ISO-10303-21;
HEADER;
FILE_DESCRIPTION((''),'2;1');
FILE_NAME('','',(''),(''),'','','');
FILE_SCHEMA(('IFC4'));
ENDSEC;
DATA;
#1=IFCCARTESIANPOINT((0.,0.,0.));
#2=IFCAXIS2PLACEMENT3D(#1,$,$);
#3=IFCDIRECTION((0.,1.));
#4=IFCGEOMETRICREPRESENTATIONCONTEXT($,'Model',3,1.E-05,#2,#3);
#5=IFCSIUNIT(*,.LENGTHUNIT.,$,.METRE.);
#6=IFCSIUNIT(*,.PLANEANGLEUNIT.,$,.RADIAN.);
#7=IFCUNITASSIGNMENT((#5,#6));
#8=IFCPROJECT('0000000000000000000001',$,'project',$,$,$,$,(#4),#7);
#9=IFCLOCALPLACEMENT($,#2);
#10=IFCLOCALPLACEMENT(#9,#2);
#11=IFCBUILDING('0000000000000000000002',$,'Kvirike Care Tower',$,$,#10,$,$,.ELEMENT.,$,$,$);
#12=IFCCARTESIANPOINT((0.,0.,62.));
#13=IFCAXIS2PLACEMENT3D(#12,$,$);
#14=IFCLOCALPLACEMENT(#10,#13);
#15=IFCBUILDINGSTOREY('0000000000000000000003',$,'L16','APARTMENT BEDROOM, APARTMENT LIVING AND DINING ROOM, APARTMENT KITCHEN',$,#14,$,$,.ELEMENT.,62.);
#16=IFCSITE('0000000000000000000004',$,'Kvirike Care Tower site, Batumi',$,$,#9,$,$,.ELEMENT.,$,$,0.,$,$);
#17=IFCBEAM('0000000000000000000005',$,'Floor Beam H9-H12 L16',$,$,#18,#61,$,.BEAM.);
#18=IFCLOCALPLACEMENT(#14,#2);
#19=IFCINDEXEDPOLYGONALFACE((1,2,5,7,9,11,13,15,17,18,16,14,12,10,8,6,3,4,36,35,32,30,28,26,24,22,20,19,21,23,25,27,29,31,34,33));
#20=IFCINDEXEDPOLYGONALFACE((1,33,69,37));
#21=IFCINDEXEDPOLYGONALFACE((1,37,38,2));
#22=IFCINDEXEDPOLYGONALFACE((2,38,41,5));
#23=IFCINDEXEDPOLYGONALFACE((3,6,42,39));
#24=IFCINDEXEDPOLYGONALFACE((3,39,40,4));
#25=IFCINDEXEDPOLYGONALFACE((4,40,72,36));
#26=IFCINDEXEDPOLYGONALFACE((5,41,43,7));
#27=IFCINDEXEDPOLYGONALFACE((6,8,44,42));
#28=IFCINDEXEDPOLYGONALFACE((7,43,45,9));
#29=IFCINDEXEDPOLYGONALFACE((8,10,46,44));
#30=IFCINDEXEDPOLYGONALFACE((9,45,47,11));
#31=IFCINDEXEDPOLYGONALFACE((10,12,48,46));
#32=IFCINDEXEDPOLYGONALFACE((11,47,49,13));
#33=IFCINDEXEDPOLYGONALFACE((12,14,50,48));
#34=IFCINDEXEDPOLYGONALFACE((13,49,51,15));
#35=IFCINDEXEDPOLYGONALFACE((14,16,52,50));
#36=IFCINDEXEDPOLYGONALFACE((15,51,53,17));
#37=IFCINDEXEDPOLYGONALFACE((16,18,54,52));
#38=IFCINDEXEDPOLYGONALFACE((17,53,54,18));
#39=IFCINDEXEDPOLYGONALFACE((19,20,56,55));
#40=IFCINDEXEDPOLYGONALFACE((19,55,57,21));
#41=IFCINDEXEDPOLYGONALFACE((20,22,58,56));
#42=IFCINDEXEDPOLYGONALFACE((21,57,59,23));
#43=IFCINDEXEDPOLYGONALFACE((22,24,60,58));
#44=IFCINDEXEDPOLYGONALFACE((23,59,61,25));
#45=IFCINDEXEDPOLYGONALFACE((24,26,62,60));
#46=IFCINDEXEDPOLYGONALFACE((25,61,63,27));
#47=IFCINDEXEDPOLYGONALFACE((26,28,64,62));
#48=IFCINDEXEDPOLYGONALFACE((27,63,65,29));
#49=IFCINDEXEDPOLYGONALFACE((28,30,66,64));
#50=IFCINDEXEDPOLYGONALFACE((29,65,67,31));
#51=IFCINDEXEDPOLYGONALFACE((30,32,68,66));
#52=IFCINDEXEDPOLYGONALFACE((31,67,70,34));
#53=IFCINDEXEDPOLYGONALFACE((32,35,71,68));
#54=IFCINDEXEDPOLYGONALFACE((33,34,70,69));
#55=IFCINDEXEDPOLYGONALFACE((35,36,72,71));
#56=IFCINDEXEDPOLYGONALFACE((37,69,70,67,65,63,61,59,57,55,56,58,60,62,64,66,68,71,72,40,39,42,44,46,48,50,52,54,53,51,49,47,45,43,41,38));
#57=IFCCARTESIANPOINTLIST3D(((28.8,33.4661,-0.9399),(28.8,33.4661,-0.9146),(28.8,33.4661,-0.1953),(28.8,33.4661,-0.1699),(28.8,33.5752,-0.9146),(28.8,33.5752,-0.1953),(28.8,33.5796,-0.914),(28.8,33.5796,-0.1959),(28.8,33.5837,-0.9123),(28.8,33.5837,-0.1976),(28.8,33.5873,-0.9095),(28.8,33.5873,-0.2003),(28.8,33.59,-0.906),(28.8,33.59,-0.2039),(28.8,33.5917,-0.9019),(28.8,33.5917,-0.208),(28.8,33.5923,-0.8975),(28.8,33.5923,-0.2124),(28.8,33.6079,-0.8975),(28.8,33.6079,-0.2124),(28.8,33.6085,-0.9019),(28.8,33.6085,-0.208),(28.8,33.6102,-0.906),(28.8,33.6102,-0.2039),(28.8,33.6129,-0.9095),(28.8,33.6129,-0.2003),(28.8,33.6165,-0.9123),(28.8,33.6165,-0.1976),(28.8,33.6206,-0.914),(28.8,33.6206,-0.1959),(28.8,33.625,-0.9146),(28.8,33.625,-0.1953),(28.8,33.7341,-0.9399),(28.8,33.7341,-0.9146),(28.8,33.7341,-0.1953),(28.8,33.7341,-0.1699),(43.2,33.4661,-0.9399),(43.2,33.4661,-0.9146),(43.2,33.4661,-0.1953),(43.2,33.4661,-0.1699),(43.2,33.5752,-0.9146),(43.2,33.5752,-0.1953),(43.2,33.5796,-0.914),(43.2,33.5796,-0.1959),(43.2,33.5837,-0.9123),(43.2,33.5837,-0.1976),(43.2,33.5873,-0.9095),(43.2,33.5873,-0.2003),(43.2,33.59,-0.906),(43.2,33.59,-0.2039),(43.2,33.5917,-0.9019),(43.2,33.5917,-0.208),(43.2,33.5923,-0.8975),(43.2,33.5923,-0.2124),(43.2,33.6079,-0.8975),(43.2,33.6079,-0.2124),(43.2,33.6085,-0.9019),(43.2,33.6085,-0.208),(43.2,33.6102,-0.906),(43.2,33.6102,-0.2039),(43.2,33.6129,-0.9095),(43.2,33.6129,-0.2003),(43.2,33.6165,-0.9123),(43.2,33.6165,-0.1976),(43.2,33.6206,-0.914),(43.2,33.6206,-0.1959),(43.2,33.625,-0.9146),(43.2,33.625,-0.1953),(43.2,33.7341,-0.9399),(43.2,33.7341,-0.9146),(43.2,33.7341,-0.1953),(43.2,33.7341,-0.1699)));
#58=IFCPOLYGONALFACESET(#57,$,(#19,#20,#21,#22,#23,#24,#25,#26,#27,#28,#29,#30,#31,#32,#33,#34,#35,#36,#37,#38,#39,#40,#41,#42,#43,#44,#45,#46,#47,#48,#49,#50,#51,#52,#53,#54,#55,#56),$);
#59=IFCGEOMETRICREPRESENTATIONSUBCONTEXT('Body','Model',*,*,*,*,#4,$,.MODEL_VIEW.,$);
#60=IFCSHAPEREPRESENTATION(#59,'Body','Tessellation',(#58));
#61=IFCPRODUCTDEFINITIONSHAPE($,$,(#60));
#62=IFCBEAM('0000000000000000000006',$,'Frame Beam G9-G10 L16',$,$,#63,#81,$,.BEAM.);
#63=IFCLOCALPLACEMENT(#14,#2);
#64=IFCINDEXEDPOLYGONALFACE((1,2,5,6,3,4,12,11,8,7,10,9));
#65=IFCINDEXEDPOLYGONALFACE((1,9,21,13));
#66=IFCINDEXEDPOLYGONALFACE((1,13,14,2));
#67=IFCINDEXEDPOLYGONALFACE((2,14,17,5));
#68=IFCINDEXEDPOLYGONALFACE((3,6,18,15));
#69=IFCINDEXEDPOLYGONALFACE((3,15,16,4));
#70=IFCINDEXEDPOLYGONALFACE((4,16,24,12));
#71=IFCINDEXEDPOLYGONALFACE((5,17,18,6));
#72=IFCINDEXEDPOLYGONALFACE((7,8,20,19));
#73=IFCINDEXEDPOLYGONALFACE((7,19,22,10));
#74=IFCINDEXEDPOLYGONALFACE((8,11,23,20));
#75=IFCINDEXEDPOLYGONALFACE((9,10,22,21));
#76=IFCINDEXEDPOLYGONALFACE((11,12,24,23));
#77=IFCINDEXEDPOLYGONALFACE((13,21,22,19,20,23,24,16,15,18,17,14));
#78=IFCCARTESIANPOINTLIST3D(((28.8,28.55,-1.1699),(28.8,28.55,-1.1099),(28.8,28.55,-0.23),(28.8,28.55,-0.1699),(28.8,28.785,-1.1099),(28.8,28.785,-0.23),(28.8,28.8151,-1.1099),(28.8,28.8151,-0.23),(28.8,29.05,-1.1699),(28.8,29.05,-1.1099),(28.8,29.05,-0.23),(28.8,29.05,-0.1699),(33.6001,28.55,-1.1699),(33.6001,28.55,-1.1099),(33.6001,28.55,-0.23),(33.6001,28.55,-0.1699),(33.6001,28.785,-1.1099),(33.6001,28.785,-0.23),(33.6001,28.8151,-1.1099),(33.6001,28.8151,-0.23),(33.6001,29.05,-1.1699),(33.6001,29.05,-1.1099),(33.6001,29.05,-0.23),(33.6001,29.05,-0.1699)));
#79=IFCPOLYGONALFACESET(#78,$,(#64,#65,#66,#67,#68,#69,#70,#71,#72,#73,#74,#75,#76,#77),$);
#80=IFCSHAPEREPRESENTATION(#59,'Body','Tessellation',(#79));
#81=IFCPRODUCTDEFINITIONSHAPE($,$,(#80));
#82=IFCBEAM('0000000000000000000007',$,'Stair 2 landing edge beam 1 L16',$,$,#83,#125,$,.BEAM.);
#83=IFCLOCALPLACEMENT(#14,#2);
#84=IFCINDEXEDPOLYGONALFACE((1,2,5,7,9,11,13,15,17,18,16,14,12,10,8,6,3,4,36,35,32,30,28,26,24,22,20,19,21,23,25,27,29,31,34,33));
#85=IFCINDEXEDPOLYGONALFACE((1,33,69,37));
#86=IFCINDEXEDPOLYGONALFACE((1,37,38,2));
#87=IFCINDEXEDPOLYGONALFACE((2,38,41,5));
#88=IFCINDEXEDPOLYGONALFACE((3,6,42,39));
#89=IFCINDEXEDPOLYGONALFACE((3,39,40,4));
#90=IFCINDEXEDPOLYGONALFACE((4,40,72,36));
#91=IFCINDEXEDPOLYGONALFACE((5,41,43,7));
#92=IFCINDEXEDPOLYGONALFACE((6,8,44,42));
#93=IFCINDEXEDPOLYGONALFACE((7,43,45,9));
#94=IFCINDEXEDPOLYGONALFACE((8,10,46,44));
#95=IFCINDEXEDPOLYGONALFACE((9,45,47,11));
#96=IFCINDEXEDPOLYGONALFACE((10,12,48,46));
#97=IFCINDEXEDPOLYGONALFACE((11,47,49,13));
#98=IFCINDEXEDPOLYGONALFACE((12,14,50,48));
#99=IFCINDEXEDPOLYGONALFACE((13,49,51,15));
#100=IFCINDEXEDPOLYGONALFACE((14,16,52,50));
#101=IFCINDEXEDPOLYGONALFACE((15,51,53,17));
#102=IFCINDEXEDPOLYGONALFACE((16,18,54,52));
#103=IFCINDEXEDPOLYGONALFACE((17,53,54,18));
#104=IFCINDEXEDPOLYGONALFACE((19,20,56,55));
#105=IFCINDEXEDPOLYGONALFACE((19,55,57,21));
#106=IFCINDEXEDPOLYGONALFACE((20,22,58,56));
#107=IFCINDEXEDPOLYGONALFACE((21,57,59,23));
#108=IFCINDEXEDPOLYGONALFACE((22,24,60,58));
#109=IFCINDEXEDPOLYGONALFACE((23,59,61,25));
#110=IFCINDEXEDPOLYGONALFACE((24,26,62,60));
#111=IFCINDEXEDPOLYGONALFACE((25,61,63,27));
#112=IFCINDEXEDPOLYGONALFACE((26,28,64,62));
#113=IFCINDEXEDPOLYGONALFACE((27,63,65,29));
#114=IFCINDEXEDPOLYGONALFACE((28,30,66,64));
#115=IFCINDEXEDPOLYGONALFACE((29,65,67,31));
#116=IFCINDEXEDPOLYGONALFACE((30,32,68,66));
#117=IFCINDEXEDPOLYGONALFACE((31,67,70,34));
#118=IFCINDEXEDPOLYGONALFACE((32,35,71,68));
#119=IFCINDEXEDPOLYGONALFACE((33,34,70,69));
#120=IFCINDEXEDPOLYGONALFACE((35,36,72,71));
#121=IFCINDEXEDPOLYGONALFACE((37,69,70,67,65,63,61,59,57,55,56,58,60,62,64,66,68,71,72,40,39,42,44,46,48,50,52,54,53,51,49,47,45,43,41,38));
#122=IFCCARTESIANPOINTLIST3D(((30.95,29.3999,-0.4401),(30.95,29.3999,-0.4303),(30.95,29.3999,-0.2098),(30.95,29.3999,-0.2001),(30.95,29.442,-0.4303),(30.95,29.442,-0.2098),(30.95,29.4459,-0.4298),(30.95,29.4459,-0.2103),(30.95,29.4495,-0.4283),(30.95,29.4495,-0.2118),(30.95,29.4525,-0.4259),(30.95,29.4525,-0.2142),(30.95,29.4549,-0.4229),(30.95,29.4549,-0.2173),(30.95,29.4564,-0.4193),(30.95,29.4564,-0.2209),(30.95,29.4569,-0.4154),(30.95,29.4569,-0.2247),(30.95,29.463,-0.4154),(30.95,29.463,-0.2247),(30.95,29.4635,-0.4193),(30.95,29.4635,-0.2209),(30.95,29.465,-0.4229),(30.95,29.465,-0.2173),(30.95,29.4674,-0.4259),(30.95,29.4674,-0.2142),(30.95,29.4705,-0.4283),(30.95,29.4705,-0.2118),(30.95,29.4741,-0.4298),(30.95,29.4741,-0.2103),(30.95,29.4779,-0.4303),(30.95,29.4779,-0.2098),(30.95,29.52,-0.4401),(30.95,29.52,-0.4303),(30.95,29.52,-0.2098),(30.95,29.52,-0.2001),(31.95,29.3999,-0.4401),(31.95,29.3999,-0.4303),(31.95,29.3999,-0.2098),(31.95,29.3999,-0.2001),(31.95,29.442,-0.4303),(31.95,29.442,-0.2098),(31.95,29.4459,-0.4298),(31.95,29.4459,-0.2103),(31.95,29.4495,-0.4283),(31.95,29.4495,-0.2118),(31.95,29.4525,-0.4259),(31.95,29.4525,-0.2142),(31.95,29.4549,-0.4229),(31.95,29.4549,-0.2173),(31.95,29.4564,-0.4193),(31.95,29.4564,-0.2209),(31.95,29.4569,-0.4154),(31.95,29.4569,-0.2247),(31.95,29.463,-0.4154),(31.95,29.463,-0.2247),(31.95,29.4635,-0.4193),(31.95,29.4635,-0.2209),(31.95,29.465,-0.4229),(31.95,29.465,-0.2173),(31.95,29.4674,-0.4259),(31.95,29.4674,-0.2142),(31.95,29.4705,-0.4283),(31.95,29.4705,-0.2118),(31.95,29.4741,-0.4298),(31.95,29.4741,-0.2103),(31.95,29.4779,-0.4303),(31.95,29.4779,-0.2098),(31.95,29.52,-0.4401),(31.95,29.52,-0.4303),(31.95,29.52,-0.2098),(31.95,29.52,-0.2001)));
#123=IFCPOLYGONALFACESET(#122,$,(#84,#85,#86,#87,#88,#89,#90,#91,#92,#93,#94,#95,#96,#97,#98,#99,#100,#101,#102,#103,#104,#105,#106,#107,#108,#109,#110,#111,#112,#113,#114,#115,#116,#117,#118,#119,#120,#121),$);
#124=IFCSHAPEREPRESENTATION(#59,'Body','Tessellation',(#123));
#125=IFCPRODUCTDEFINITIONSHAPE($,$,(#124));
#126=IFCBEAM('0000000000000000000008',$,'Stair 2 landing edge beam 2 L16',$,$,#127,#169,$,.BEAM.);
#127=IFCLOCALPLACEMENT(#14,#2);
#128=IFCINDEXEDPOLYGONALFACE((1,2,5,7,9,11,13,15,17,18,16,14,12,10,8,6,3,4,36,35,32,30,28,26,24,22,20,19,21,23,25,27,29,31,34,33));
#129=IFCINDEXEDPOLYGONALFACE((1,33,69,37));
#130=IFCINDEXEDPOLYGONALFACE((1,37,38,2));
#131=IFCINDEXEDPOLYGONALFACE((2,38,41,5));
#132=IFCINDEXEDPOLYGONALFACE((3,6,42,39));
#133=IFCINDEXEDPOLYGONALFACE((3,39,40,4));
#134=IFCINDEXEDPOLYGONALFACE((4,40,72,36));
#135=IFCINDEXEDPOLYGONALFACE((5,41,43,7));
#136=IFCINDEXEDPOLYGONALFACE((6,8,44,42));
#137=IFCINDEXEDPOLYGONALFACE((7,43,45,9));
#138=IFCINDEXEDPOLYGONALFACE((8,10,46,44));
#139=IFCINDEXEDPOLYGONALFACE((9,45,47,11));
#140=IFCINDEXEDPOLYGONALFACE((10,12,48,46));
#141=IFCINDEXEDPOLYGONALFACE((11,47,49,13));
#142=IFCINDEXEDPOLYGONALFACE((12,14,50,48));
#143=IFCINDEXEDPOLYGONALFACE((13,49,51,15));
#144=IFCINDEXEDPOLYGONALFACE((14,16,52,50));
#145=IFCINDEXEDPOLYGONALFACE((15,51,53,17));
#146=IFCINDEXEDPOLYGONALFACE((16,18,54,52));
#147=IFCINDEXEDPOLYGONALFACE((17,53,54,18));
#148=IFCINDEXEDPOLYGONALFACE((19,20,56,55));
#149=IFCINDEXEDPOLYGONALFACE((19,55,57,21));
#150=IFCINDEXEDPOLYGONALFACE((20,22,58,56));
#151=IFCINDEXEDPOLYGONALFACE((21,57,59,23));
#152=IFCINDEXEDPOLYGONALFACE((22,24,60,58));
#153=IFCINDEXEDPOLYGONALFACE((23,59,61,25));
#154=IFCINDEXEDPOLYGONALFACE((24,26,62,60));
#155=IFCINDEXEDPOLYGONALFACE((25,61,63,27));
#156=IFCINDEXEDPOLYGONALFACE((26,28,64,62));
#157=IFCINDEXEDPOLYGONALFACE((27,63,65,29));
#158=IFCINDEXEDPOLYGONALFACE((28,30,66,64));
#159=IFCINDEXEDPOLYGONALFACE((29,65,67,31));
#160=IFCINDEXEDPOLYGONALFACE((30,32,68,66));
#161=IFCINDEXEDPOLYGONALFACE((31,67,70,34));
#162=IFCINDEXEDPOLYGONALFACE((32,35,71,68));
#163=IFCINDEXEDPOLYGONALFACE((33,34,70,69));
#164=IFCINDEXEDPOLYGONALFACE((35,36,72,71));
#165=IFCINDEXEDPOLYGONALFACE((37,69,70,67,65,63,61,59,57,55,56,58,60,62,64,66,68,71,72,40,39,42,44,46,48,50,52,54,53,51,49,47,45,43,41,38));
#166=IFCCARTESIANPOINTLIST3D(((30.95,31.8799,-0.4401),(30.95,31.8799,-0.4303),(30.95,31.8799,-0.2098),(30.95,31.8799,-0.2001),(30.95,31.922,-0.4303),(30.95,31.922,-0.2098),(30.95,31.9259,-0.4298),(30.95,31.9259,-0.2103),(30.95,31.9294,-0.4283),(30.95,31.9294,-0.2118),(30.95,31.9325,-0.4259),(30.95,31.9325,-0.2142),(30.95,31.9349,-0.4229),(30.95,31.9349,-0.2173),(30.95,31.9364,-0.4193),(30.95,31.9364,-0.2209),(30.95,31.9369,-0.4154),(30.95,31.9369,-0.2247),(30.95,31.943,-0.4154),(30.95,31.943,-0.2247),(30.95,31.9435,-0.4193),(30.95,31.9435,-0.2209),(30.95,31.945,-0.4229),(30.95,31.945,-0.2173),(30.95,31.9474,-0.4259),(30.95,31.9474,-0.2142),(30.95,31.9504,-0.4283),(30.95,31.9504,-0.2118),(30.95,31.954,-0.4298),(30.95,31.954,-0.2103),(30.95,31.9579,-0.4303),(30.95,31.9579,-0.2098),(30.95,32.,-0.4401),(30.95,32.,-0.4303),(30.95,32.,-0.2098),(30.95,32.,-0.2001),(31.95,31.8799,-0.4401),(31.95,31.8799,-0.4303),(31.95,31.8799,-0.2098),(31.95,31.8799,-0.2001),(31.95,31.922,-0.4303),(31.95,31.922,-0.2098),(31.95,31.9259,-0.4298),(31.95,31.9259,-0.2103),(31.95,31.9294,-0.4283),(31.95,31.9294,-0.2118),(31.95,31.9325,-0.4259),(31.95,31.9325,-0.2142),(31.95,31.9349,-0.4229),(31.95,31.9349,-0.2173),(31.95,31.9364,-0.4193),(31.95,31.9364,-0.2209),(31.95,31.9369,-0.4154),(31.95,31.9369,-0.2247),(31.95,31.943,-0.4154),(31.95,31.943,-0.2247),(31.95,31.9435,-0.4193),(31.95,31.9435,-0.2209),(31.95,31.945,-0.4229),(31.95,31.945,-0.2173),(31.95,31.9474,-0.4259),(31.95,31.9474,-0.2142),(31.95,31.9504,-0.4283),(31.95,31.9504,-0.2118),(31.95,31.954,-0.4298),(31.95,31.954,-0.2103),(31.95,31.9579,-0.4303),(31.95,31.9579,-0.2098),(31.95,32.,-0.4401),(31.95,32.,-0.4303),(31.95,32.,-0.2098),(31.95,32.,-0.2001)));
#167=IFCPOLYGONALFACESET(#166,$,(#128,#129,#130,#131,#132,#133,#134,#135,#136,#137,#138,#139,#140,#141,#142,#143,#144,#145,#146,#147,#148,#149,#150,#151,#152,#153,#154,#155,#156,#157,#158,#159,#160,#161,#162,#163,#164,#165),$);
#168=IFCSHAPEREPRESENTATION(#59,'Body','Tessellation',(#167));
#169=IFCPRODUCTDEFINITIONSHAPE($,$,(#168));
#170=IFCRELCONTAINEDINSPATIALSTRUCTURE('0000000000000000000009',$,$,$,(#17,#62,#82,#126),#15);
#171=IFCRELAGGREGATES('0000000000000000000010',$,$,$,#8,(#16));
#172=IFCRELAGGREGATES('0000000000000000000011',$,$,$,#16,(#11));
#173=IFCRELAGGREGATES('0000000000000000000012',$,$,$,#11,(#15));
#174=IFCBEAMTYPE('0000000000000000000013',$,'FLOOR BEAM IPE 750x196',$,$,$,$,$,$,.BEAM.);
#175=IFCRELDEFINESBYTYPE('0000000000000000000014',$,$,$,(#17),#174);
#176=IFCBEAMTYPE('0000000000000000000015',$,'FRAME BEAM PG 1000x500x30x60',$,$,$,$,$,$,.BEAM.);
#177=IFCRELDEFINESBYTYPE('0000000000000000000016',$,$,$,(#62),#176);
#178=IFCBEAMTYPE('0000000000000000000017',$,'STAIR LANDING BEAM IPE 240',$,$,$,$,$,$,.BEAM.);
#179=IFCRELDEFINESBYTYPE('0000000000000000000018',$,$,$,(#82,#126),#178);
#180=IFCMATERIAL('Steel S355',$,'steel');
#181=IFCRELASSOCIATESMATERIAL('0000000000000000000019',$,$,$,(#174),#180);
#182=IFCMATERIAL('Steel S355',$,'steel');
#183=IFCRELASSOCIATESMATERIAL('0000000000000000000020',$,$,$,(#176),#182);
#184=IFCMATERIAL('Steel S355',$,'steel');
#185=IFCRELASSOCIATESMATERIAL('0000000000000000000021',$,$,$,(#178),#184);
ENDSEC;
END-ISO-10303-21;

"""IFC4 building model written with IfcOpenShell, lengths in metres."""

from ifc_helpers import new_model, si_unit, direction, frame, origin, origin_2d, place, context, subcontext, project, spatial, i_section, extrude, material, material_profile, profile_set, type_object, element, save


model = new_model("IFC4")

# Units and contexts
model_context = context("Model", 3, precision=1e-05, world=origin(), true_north=direction((0.0, 1.0)))
body_context = subcontext(model_context, "Body", "Model", "MODEL_VIEW")
ifc_project = project(units=[si_unit("LENGTHUNIT", "METRE"), si_unit("PLANEANGLEUNIT", "RADIAN")], contexts=[model_context])

# Site, building, storey
site_placement = place(None, origin())
site = spatial("IfcSite", under=ifc_project, at=site_placement, Name="Kvirike Care Tower site, Batumi", CompositionType="ELEMENT", RefElevation=0.0)
building_placement = place(site_placement, origin())
building = spatial("IfcBuilding", under=site, at=building_placement, Name="Kvirike Care Tower", CompositionType="ELEMENT")
storey_placement = place(building_placement, frame((0.0, 0.0, 62.0)))
storey = spatial("IfcBuildingStorey", under=building, at=storey_placement, Name="L16", Description="APARTMENT BEDROOM, APARTMENT LIVING AND DINING ROOM, APARTMENT KITCHEN", CompositionType="ELEMENT", Elevation=62.0)

# Beams
ifc_material_1 = material(Name="Steel S355", Category="steel")
ifc_material_profile_1 = material_profile(ifc_material_1, i_section(OverallWidth=0.2681, OverallDepth=0.77, WebThickness=0.0156, FlangeThickness=0.0254, FilletRadius=0.0171, at=origin_2d()), Name="IPE 750x196")
ifc_profile_set_1 = profile_set([ifc_material_profile_1], Name="Steel S355")
beam_type_1 = type_object("IfcBeamType", Name="FLOOR BEAM IPE 750x196", PredefinedType="BEAM", material=ifc_profile_set_1)
beam_1_placement = place(storey_placement, frame((28.8, 33.6001, -0.5549), z_axis=(1.0, 0.0, 0.0), x_axis=(0.0, 1.0, 0.0)))
element("IfcBeam", 1, at=beam_1_placement, inside=storey, type_object=beam_type_1, Name="Floor Beam H9-H12 L16", PredefinedType="BEAM", context=body_context, shape_type="SweptSolid", body=[
    extrude(i_section(OverallWidth=0.2681, OverallDepth=0.77, WebThickness=0.0156, FlangeThickness=0.0254, FilletRadius=0.0171, at=origin_2d()), origin(), (0.0, 0.0, 1.0), 14.3999),
])
ifc_material_2 = material(Name="Steel S355", Category="steel")
ifc_material_profile_2 = material_profile(ifc_material_2, i_section(OverallWidth=0.5, OverallDepth=1.0, WebThickness=0.03, FlangeThickness=0.0601, at=origin_2d()), Name="PG 1000x500x30x60")
ifc_profile_set_2 = profile_set([ifc_material_profile_2], Name="Steel S355")
beam_type_2 = type_object("IfcBeamType", Name="FRAME BEAM PG 1000x500x30x60", PredefinedType="BEAM", material=ifc_profile_set_2)
beam_2_placement = place(storey_placement, frame((28.8, 28.8, -0.6699), z_axis=(1.0, 0.0, 0.0), x_axis=(0.0, 1.0, 0.0)))
element("IfcBeam", 2, at=beam_2_placement, inside=storey, type_object=beam_type_2, Name="Frame Beam G9-G10 L16", PredefinedType="BEAM", context=body_context, shape_type="SweptSolid", body=[
    extrude(i_section(OverallWidth=0.5, OverallDepth=1.0, WebThickness=0.03, FlangeThickness=0.0601, at=origin_2d()), origin(), (0.0, 0.0, 1.0), 4.8),
])
ifc_material_3 = material(Name="Steel S355", Category="steel")
ifc_material_profile_3 = material_profile(ifc_material_3, i_section(OverallWidth=0.1201, OverallDepth=0.24, WebThickness=0.0061, FlangeThickness=0.0098, FilletRadius=0.0149, at=origin_2d()), Name="IPE 240")
ifc_profile_set_3 = profile_set([ifc_material_profile_3], Name="Steel S355")
beam_type_3 = type_object("IfcBeamType", Name="STAIR LANDING BEAM IPE 240", PredefinedType="BEAM", material=ifc_profile_set_3)
for number, where, z_axis, x_axis, name in (
    (3, (31.95, 29.46, -0.3201), (-1.0, 0.0, 0.0), (0.0, -1.0, 0.0), "Stair 2 landing edge beam 1 L16"),
    (4, (31.95, 31.9399, -0.3201), (-1.0, 0.0, 0.0), (0.0, -1.0, 0.0), "Stair 2 landing edge beam 2 L16"),
):
    element("IfcBeam", number, at=place(storey_placement, frame(where, z_axis=z_axis, x_axis=x_axis)), inside=storey, type_object=beam_type_3, Name=name, PredefinedType="BEAM", context=body_context, shape_type="SweptSolid", body=[
        extrude(i_section(OverallWidth=0.1201, OverallDepth=0.24, WebThickness=0.0061, FlangeThickness=0.0098, FilletRadius=0.0149, at=origin_2d()), origin(), (0.0, 0.0, 1.0), 1.0),
    ])

save(model, "model.ifc")
